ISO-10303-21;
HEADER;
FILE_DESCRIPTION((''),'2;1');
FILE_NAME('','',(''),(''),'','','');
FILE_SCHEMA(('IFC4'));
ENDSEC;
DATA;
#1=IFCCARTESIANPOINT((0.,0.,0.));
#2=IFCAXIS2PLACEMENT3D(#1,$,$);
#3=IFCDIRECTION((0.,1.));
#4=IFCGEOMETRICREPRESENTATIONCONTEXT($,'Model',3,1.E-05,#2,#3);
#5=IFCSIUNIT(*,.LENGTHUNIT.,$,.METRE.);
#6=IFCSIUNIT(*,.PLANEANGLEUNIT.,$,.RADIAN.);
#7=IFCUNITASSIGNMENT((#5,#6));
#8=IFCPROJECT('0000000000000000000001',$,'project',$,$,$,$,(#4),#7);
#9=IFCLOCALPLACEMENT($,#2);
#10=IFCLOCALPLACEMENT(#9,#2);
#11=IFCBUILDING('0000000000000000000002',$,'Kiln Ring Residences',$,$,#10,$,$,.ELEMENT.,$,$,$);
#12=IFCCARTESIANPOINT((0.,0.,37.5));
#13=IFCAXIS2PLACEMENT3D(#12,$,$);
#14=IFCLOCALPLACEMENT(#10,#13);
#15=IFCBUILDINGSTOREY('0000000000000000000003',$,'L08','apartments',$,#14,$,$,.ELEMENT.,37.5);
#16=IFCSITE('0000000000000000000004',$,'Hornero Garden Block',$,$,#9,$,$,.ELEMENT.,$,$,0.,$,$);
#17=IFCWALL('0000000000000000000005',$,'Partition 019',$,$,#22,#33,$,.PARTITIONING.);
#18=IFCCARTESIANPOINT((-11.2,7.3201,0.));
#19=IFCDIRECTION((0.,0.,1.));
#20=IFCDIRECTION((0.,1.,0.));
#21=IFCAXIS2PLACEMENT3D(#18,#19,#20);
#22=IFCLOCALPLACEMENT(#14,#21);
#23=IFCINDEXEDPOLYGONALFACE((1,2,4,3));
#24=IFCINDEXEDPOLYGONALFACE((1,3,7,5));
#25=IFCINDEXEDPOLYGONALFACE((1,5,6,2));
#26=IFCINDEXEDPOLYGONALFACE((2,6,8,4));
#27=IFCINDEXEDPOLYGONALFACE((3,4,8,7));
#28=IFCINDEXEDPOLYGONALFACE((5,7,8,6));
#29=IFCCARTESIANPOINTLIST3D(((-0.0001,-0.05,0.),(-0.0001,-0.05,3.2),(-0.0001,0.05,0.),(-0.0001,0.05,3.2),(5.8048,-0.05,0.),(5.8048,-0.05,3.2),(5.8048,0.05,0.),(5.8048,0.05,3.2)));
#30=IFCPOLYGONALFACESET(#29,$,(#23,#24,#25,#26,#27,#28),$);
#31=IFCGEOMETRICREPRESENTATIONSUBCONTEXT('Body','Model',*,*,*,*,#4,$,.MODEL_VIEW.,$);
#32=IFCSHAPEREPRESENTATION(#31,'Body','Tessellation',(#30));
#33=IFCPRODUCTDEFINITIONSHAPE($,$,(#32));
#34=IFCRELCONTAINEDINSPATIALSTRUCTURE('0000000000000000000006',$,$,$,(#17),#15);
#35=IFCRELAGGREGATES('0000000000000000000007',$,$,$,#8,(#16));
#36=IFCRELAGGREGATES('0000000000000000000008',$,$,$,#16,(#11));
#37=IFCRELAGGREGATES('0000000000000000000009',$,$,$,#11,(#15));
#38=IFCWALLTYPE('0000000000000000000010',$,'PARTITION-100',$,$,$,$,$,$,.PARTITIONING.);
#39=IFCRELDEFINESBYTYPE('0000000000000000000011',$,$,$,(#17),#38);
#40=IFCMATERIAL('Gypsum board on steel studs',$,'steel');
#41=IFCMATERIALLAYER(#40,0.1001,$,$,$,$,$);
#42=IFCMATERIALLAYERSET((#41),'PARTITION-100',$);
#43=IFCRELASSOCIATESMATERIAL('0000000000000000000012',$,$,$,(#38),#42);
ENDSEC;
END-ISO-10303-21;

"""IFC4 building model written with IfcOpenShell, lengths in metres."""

from ifc_helpers import new_model, si_unit, direction, frame, frame_2d, origin, place, context, subcontext, project, spatial, rectangle, extrude, material, layer, layer_set, type_object, element, save


model = new_model("IFC4")

# Units and contexts
model_context = context("Model", 3, precision=1e-05, world=origin(), true_north=direction((0.0, 1.0)))
body_context = subcontext(model_context, "Body", "Model", "MODEL_VIEW")
ifc_project = project(units=[si_unit("LENGTHUNIT", "METRE"), si_unit("PLANEANGLEUNIT", "RADIAN")], contexts=[model_context])

# Site, building, storey
site_placement = place(None, origin())
site = spatial("IfcSite", under=ifc_project, at=site_placement, Name="Hornero Garden Block", CompositionType="ELEMENT", RefElevation=0.0)
building_placement = place(site_placement, origin())
building = spatial("IfcBuilding", under=site, at=building_placement, Name="Kiln Ring Residences", CompositionType="ELEMENT")
storey_placement = place(building_placement, frame((0.0, 0.0, 37.5)))
storey = spatial("IfcBuildingStorey", under=building, at=storey_placement, Name="L08", Description="apartments", CompositionType="ELEMENT", Elevation=37.5)

# Wall
ifc_material_1 = material(Name="Gypsum board on steel studs", Category="steel")
ifc_layer_1 = layer(ifc_material_1, 0.1001)
ifc_layer_set_1 = layer_set([ifc_layer_1], Name="PARTITION-100")
wall_type_1 = type_object("IfcWallType", Name="PARTITION-100", PredefinedType="PARTITIONING", material=ifc_layer_set_1)
wall_1_placement = place(storey_placement, frame((-11.2, 7.3201, 0.0), z_axis=(0.0, 0.0, 1.0), x_axis=(0.0, 1.0, 0.0)))
element("IfcWall", 1, at=wall_1_placement, inside=storey, type_object=wall_type_1, Name="Partition 019", PredefinedType="PARTITIONING", context=body_context, shape_type="SweptSolid", body=[
    extrude(rectangle(XDim=5.8049, YDim=0.1001, at=frame_2d((2.9023, 0.0))), origin(), (0.0, 0.0, 1.0), 3.2),
])

save(model, "model.ifc")
